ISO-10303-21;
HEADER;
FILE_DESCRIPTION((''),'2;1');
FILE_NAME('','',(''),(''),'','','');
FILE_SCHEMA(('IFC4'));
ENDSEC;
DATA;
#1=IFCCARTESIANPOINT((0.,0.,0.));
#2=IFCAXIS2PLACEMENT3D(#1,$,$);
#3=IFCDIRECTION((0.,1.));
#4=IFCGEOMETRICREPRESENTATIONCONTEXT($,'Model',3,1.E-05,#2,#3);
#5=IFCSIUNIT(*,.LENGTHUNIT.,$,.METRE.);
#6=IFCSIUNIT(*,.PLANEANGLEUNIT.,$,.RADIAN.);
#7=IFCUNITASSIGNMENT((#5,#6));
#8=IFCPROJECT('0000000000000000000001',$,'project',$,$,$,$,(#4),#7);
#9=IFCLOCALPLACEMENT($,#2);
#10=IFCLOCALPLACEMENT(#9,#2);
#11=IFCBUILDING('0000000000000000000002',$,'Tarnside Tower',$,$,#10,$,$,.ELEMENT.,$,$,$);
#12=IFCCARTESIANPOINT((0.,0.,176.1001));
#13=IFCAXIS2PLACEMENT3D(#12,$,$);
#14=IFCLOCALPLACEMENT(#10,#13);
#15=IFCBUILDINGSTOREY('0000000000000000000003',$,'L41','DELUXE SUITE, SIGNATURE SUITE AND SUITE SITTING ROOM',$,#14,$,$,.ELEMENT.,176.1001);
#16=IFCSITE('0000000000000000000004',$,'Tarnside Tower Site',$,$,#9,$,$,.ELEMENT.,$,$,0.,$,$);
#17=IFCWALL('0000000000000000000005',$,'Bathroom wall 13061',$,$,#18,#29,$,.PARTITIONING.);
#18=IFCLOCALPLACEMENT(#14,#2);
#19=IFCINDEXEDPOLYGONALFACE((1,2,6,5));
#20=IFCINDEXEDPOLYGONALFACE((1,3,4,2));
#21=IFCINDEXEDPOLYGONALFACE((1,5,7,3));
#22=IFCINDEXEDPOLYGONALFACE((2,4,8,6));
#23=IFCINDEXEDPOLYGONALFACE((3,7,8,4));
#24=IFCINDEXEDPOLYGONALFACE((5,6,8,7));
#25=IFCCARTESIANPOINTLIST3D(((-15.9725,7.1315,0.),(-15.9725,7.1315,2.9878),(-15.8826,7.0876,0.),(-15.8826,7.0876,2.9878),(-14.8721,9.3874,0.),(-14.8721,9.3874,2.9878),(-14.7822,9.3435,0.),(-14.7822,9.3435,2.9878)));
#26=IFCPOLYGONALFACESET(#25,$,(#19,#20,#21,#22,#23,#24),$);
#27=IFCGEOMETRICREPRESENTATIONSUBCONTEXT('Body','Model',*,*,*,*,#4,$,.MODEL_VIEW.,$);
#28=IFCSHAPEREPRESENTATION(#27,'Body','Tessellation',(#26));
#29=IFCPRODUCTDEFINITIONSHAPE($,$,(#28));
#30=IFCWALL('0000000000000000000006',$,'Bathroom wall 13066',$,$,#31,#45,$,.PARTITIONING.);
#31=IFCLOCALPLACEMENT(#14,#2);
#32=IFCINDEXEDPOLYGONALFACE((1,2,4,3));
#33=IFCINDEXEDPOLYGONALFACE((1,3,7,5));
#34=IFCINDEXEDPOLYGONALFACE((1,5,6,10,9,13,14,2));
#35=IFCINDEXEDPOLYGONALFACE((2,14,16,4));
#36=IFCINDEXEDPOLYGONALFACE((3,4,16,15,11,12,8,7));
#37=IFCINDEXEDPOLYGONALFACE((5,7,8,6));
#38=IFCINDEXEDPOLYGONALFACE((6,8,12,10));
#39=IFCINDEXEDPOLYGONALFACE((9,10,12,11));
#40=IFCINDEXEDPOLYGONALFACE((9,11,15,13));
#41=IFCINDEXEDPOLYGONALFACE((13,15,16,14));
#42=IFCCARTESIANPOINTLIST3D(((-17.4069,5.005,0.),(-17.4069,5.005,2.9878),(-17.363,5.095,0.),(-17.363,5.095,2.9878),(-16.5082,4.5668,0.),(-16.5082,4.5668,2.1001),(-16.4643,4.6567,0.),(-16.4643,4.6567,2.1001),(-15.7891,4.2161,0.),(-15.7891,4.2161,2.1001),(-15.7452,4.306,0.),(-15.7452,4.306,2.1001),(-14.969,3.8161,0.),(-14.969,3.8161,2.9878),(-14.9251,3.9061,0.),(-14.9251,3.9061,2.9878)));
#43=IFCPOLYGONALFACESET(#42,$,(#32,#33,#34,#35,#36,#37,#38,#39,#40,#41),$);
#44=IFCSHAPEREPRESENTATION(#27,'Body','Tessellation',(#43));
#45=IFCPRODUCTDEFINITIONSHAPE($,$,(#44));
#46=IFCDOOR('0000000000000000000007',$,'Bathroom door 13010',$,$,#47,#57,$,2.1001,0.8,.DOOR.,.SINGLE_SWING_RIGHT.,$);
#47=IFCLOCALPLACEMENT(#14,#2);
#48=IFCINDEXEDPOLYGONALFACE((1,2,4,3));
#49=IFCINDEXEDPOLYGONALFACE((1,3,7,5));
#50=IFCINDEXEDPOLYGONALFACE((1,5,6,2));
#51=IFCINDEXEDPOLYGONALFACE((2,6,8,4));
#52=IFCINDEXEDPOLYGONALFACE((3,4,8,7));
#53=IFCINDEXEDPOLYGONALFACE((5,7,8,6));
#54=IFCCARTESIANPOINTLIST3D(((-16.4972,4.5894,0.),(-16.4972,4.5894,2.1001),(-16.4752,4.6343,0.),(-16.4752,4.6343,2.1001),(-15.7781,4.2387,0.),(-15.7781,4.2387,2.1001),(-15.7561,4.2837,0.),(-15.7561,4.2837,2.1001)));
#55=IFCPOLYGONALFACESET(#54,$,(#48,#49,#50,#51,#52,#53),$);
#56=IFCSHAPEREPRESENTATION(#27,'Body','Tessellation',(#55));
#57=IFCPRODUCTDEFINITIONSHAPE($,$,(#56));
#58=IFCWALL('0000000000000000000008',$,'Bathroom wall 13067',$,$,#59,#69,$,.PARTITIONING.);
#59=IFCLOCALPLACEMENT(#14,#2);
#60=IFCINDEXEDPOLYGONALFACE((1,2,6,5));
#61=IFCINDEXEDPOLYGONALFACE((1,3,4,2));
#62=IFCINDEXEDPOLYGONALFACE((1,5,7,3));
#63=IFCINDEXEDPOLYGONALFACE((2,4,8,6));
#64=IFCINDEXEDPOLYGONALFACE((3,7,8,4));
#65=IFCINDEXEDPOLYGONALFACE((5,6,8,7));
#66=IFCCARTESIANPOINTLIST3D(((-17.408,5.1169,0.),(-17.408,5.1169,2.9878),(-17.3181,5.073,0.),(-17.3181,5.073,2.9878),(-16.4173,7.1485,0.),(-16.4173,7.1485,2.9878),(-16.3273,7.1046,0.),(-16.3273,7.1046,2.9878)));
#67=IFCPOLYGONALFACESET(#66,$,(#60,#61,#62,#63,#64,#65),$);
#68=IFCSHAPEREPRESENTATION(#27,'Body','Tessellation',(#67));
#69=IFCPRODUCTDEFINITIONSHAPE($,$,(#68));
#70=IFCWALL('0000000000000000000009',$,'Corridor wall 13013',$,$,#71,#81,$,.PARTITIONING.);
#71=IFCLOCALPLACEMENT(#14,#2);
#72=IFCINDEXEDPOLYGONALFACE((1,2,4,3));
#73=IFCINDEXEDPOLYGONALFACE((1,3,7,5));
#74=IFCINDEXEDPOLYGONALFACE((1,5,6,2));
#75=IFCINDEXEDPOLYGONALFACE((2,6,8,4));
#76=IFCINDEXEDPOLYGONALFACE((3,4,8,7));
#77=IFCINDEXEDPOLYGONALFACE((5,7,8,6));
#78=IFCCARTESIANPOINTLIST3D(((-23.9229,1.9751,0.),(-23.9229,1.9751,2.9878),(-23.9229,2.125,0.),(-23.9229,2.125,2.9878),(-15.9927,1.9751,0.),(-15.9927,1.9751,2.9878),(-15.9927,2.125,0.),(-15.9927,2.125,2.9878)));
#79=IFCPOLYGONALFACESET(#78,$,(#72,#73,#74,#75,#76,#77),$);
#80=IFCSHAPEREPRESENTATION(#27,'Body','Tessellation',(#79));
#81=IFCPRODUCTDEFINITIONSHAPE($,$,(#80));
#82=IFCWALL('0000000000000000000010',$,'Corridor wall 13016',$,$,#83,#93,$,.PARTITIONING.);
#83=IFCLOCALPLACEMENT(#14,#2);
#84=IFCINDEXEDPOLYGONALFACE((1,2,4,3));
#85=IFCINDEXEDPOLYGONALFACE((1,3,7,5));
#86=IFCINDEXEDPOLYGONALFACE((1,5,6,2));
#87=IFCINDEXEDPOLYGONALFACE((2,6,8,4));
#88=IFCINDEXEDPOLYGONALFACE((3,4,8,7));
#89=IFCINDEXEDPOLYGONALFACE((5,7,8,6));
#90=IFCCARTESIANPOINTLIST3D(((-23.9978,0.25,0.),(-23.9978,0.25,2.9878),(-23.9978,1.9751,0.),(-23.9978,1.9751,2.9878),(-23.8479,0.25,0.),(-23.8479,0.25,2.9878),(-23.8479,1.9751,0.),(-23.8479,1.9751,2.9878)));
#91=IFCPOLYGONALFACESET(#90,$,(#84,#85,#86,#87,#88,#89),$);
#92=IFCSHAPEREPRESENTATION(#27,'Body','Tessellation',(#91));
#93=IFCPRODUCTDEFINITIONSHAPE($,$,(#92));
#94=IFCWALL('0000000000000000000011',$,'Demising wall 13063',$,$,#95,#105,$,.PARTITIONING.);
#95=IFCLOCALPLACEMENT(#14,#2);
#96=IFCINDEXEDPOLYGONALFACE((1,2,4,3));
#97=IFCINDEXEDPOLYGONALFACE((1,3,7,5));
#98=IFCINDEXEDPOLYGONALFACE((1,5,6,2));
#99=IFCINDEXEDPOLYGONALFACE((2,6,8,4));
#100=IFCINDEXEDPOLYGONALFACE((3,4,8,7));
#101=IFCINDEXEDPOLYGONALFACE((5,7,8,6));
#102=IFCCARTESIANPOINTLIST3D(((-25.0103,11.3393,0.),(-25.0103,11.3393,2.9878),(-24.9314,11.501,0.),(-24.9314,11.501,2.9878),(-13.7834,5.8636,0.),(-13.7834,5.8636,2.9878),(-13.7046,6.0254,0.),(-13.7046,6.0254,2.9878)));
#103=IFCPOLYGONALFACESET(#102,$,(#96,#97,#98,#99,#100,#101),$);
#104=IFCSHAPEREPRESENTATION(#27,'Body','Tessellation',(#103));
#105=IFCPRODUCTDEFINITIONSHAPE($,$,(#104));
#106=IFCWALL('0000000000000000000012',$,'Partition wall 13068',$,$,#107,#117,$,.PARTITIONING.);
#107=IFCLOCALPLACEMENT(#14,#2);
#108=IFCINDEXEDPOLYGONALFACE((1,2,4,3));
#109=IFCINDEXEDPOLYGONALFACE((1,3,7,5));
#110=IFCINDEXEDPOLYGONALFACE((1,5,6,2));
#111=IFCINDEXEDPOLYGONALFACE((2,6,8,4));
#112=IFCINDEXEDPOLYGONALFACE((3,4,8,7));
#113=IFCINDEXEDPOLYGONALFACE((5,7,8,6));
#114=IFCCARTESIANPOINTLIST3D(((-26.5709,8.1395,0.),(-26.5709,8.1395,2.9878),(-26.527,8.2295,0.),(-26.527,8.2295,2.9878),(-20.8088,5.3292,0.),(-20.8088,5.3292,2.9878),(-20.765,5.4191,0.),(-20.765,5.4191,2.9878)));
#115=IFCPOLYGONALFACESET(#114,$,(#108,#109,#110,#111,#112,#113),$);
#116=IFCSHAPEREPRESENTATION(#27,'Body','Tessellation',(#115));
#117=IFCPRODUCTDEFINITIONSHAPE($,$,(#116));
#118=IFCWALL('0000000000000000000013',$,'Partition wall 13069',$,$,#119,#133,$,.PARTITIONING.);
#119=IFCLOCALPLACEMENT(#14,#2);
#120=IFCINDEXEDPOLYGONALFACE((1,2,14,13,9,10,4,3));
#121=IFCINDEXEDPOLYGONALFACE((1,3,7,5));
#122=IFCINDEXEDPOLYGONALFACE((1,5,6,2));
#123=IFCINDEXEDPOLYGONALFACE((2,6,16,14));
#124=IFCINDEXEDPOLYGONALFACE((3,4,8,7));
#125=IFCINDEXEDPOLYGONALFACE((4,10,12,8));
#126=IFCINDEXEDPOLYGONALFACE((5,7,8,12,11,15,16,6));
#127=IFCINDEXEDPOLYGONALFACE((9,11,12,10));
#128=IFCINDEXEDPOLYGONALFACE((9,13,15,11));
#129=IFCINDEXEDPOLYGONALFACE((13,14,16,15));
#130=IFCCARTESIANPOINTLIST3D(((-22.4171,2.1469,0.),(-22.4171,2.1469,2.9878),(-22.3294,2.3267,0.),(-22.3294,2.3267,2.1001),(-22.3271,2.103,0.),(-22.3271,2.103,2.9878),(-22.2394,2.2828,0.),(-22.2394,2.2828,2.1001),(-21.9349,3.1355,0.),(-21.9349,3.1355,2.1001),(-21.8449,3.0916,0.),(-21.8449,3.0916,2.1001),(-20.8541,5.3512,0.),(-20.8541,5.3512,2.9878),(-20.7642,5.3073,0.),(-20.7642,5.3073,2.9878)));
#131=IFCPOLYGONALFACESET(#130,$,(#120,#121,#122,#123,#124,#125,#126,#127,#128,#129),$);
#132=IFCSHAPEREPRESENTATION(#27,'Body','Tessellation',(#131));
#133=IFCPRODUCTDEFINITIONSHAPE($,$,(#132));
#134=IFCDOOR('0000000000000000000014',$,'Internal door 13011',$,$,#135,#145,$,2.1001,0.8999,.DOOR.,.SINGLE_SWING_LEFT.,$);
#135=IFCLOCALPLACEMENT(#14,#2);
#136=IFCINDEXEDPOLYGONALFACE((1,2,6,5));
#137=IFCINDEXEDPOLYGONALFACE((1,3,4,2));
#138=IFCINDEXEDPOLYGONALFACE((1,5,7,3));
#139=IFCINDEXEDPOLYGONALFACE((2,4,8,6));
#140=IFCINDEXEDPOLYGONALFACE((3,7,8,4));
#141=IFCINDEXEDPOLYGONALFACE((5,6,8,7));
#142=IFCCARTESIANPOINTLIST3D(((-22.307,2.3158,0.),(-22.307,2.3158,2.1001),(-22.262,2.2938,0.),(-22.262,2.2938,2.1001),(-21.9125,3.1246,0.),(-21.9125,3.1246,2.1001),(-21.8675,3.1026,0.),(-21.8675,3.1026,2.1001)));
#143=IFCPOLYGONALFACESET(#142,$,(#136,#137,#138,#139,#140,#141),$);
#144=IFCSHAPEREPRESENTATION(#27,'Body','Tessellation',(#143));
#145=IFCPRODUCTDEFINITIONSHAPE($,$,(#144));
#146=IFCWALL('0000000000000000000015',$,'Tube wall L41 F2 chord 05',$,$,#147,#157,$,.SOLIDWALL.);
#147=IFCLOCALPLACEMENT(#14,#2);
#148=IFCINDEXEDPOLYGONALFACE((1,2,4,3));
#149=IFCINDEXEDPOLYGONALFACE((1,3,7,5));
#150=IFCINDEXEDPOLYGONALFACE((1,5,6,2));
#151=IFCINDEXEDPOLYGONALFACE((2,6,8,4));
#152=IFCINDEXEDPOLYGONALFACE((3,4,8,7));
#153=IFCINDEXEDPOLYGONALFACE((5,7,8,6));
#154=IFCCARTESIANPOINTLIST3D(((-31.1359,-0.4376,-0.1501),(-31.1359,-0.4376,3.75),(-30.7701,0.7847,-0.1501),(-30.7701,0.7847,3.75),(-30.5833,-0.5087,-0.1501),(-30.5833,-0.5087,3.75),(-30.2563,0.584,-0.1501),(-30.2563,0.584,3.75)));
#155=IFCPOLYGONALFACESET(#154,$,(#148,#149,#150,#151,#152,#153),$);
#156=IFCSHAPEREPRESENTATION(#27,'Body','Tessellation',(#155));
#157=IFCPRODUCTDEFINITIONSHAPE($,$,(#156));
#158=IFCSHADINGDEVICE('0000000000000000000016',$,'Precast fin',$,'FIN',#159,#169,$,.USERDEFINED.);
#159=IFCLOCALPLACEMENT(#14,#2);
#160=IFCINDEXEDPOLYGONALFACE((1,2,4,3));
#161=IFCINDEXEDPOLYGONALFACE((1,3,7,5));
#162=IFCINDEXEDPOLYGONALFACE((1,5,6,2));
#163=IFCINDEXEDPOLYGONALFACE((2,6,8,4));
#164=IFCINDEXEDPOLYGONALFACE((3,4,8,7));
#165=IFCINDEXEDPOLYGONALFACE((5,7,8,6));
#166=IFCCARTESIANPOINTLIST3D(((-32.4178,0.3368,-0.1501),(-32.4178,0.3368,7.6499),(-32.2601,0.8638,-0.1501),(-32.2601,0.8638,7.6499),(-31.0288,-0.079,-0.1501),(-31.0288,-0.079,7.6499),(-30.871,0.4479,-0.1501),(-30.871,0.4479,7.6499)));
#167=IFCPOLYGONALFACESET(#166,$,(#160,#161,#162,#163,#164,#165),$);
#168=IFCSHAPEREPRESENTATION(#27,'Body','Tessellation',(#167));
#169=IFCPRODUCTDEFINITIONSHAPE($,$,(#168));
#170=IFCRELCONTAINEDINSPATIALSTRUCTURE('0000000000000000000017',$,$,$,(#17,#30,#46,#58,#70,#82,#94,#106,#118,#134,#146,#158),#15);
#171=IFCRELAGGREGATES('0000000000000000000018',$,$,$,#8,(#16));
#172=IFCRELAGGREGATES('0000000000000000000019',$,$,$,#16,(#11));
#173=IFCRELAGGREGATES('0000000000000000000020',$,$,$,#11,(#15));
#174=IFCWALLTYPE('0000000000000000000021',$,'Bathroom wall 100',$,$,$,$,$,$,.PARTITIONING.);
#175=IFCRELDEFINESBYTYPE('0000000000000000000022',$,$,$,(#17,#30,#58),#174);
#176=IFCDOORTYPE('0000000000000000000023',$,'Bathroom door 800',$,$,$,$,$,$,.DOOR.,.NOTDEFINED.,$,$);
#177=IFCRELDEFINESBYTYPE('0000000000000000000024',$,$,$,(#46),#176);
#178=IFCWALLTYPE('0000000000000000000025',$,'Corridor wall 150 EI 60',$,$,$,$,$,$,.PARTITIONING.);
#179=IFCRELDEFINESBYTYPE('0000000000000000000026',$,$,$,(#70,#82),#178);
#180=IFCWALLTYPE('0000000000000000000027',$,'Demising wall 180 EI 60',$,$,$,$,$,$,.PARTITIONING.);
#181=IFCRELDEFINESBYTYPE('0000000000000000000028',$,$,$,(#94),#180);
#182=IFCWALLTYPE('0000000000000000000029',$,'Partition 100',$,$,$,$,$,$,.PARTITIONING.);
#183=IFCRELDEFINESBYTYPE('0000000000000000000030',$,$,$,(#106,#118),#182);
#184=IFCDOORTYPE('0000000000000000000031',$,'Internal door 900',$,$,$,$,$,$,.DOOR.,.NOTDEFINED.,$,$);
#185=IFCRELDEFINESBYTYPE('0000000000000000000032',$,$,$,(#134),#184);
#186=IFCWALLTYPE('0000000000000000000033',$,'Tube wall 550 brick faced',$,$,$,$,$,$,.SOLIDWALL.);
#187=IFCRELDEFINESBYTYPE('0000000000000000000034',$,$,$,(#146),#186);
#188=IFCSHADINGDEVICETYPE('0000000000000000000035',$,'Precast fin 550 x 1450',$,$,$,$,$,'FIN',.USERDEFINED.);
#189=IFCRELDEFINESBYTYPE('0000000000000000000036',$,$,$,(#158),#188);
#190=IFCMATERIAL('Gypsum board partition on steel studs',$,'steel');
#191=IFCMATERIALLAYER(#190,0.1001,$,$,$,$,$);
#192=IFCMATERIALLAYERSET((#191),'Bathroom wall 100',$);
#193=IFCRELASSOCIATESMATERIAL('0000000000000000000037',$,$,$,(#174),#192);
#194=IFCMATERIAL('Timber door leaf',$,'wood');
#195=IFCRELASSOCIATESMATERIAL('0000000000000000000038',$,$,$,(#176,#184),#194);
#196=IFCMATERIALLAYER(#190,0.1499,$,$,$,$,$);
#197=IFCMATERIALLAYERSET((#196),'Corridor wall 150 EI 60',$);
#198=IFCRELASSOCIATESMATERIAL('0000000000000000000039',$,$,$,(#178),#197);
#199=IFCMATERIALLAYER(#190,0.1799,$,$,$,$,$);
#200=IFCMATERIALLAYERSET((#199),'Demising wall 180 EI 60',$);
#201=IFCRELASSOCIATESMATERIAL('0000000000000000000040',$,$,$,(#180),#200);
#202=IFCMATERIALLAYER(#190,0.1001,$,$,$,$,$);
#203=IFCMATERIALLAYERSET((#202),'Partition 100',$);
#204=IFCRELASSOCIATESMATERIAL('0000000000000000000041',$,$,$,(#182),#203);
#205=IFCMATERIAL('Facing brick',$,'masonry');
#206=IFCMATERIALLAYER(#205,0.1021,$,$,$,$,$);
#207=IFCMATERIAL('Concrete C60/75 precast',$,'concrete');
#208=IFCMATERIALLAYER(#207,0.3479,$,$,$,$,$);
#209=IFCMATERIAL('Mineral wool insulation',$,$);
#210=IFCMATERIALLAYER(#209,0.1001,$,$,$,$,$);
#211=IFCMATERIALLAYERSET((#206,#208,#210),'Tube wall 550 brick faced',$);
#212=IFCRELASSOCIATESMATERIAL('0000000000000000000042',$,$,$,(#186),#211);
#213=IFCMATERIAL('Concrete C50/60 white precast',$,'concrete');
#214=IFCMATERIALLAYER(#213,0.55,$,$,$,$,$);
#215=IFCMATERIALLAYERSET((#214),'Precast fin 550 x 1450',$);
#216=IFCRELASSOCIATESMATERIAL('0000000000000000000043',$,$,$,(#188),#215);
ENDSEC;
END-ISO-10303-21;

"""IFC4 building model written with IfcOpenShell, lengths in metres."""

from ifc_helpers import new_model, si_unit, direction, frame, frame_2d, origin, place, context, subcontext, project, spatial, polyline, rectangle, outline, extrude, material, layer, layer_set, type_object, element, fill, save


model = new_model("IFC4")

# Units and contexts
model_context = context("Model", 3, precision=1e-05, world=origin(), true_north=direction((0.0, 1.0)))
body_context = subcontext(model_context, "Body", "Model", "MODEL_VIEW")
ifc_project = project(units=[si_unit("LENGTHUNIT", "METRE"), si_unit("PLANEANGLEUNIT", "RADIAN")], contexts=[model_context])

# Site, building, storey
site_placement = place(None, origin())
site = spatial("IfcSite", under=ifc_project, at=site_placement, Name="Tarnside Tower Site", CompositionType="ELEMENT", RefElevation=0.0)
building_placement = place(site_placement, origin())
building = spatial("IfcBuilding", under=site, at=building_placement, Name="Tarnside Tower", CompositionType="ELEMENT")
storey_placement = place(building_placement, frame((0.0, 0.0, 176.1001)))
storey = spatial("IfcBuildingStorey", under=building, at=storey_placement, Name="L41", Description="DELUXE SUITE, SIGNATURE SUITE AND SUITE SITTING ROOM", CompositionType="ELEMENT", Elevation=176.1001)

# Wall
ifc_material_1 = material(Name="Gypsum board partition on steel studs", Category="steel")
ifc_layer_1 = layer(ifc_material_1, 0.1001)
ifc_layer_set_1 = layer_set([ifc_layer_1], Name="Bathroom wall 100")
wall_type_1 = type_object("IfcWallType", Name="Bathroom wall 100", PredefinedType="PARTITIONING", material=ifc_layer_set_1)
wall_1_placement = place(storey_placement, frame((-15.9275, 7.1096, 0.0), z_axis=(0.0, 0.0, 1.0), x_axis=(0.438399, 0.898781, 0.0)))
element("IfcWall", 1, at=wall_1_placement, inside=storey, type_object=wall_type_1, Name="Bathroom wall 13061", PredefinedType="PARTITIONING", context=body_context, shape_type="SweptSolid", body=[
    extrude(rectangle(XDim=2.51, YDim=0.1001, at=frame_2d((1.2549, 0.0))), origin(), (0.0, 0.0, 1.0), 2.9878),
])

# Wall, opening, door
wall_2_placement = place(storey_placement, frame((-14.947, 3.8611, 0.0), z_axis=(0.0, 0.0, 1.0), x_axis=(-0.898812, 0.438335, 0.0)))
wall_2 = element("IfcWall", 2, at=wall_2_placement, inside=storey, type_object=wall_type_1, Name="Bathroom wall 13066", PredefinedType="PARTITIONING", context=body_context, shape_type="SweptSolid", body=[
    extrude(rectangle(XDim=2.7124, YDim=0.1001, at=frame_2d((1.3562, 0.0))), origin(), (0.0, 0.0, 1.0), 2.9878),
])
opening_1_placement = place(wall_2_placement, frame((0.9126, 0.0, 0.0)))
opening_1 = element("IfcOpeningElement", 3, at=opening_1_placement, cuts=wall_2, PredefinedType="OPENING", context=body_context, shape_type="SweptSolid", body=[
    extrude(rectangle(XDim=0.8, YDim=2.1001, at=frame_2d((0.3999, 1.05))), frame((0.0, 0.0601, 0.0), z_axis=(0.0, -1.0, 0.0), x_axis=(1.0, 0.0, 0.0)), (0.0, 0.0, 1.0), 0.1201),
])
ifc_material_2 = material(Name="Timber door leaf", Category="wood")
door_type_1 = type_object("IfcDoorType", Name="Bathroom door 800", OperationType="NOTDEFINED", PredefinedType="DOOR", material=ifc_material_2)
door_1_placement = place(opening_1_placement, origin())
door_1 = element("IfcDoor", 4, at=door_1_placement, inside=storey, type_object=door_type_1, Name="Bathroom door 13010", OperationType="SINGLE_SWING_RIGHT", OverallHeight=2.1001, OverallWidth=0.8, PredefinedType="DOOR", context=body_context, shape_type="SweptSolid", body=[
    extrude(rectangle(XDim=0.8, YDim=2.1001, at=frame_2d((0.3999, 1.05))), frame((0.0, 0.0249, 0.0), z_axis=(0.0, -1.0, 0.0), x_axis=(1.0, 0.0, 0.0)), (0.0, 0.0, 1.0), 0.05),
])
fill(opening_1, door_1)

# Walls
wall_3_placement = place(storey_placement, frame((-17.363, 5.095, 0.0), z_axis=(0.0, 0.0, 1.0), x_axis=(0.438334, 0.898812, 0.0)))
element("IfcWall", 5, at=wall_3_placement, inside=storey, type_object=wall_type_1, Name="Bathroom wall 13067", PredefinedType="PARTITIONING", context=body_context, shape_type="SweptSolid", body=[
    extrude(rectangle(XDim=2.2603, YDim=0.1001, at=frame_2d((1.1301, 0.0))), origin(), (0.0, 0.0, 1.0), 2.9878),
])
ifc_layer_2 = layer(ifc_material_1, 0.1499)
ifc_layer_set_2 = layer_set([ifc_layer_2], Name="Corridor wall 150 EI 60")
wall_type_2 = type_object("IfcWallType", Name="Corridor wall 150 EI 60", PredefinedType="PARTITIONING", material=ifc_layer_set_2)
wall_4_placement = place(storey_placement, frame((-15.9927, 2.05, 0.0), z_axis=(0.0, 0.0, 1.0), x_axis=(-1.0, 0.0, 0.0)))
element("IfcWall", 6, at=wall_4_placement, inside=storey, type_object=wall_type_2, Name="Corridor wall 13013", PredefinedType="PARTITIONING", context=body_context, shape_type="SweptSolid", body=[
    extrude(rectangle(XDim=7.9302, YDim=0.1499, at=frame_2d((3.9651, 0.0))), origin(), (0.0, 0.0, 1.0), 2.9878),
])
wall_5_placement = place(storey_placement, frame((-23.9229, 1.9751, 0.0), z_axis=(0.0, 0.0, 1.0), x_axis=(0.0, -1.0, 0.0)))
element("IfcWall", 7, at=wall_5_placement, inside=storey, type_object=wall_type_2, Name="Corridor wall 13016", PredefinedType="PARTITIONING", context=body_context, shape_type="SweptSolid", body=[
    extrude(rectangle(XDim=1.7251, YDim=0.1499, at=frame_2d((0.8625, 0.0))), origin(), (0.0, 0.0, 1.0), 2.9878),
])
ifc_layer_3 = layer(ifc_material_1, 0.1799)
ifc_layer_set_3 = layer_set([ifc_layer_3], Name="Demising wall 180 EI 60")
wall_type_3 = type_object("IfcWallType", Name="Demising wall 180 EI 60", PredefinedType="PARTITIONING", material=ifc_layer_set_3)
wall_6_placement = place(storey_placement, frame((-24.9709, 11.4202, 0.0), z_axis=(0.0, 0.0, 1.0), x_axis=(0.898797, -0.438365, 0.0)))
element("IfcWall", 8, at=wall_6_placement, inside=storey, type_object=wall_type_3, Name="Demising wall 13063", PredefinedType="PARTITIONING", context=body_context, shape_type="SweptSolid", body=[
    extrude(rectangle(XDim=12.491, YDim=0.1799, at=frame_2d((6.2456, 0.0))), origin(), (0.0, 0.0, 1.0), 2.9878),
])
ifc_layer_4 = layer(ifc_material_1, 0.1001)
ifc_layer_set_4 = layer_set([ifc_layer_4], Name="Partition 100")
wall_type_4 = type_object("IfcWallType", Name="Partition 100", PredefinedType="PARTITIONING", material=ifc_layer_set_4)
wall_7_placement = place(storey_placement, frame((-26.5491, 8.1846, 0.0), z_axis=(0.0, 0.0, 1.0), x_axis=(0.898794, -0.438372, 0.0)))
element("IfcWall", 9, at=wall_7_placement, inside=storey, type_object=wall_type_4, Name="Partition wall 13068", PredefinedType="PARTITIONING", context=body_context, shape_type="SweptSolid", body=[
    extrude(rectangle(XDim=6.4109, YDim=0.1001, at=frame_2d((3.2056, 0.0))), origin(), (0.0, 0.0, 1.0), 2.9878),
])

# Wall, opening, door
wall_8_placement = place(storey_placement, frame((-20.8091, 5.3293, 0.0), z_axis=(0.0, 0.0, 1.0), x_axis=(-0.438399, -0.89878, 0.0)))
wall_8 = element("IfcWall", 10, at=wall_8_placement, inside=storey, type_object=wall_type_4, Name="Partition wall 13069", PredefinedType="PARTITIONING", context=body_context, shape_type="SweptSolid", body=[
    extrude(rectangle(XDim=3.5652, YDim=0.1001, at=frame_2d((1.7827, 0.0))), origin(), (0.0, 0.0, 1.0), 2.9878),
])
opening_2_placement = place(wall_8_placement, frame((2.4653, 0.0, 0.0)))
opening_2 = element("IfcOpeningElement", 11, at=opening_2_placement, cuts=wall_8, PredefinedType="OPENING", context=body_context, shape_type="SweptSolid", body=[
    extrude(rectangle(XDim=0.8999, YDim=2.1001, at=frame_2d((0.45, 1.05))), frame((0.0, 0.0601, 0.0), z_axis=(0.0, -1.0, 0.0), x_axis=(1.0, 0.0, 0.0)), (0.0, 0.0, 1.0), 0.1201),
])
door_type_2 = type_object("IfcDoorType", Name="Internal door 900", OperationType="NOTDEFINED", PredefinedType="DOOR", material=ifc_material_2)
door_2_placement = place(opening_2_placement, origin())
door_2 = element("IfcDoor", 12, at=door_2_placement, inside=storey, type_object=door_type_2, Name="Internal door 13011", OperationType="SINGLE_SWING_LEFT", OverallHeight=2.1001, OverallWidth=0.8999, PredefinedType="DOOR", context=body_context, shape_type="SweptSolid", body=[
    extrude(rectangle(XDim=0.8999, YDim=2.1001, at=frame_2d((0.45, 1.05))), frame((0.0, 0.0249, 0.0), z_axis=(0.0, -1.0, 0.0), x_axis=(1.0, 0.0, 0.0)), (0.0, 0.0, 1.0), 0.05),
])
fill(opening_2, door_2)

# Wall
ifc_material_3 = material(Name="Facing brick", Category="masonry")
ifc_layer_5 = layer(ifc_material_3, 0.1021)
ifc_material_4 = material(Name="Concrete C60/75 precast", Category="concrete")
ifc_layer_6 = layer(ifc_material_4, 0.3479)
ifc_material_5 = material(Name="Mineral wool insulation")
ifc_layer_7 = layer(ifc_material_5, 0.1001)
ifc_layer_set_5 = layer_set([ifc_layer_5, ifc_layer_6, ifc_layer_7], Name="Tube wall 550 brick faced")
wall_type_5 = type_object("IfcWallType", Name="Tube wall 550 brick faced", PredefinedType="SOLIDWALL", material=ifc_layer_set_5)
wall_9_placement = place(storey_placement, frame((-30.5132, 0.6843, -0.1501), z_axis=(0.0, 0.0, 1.0), x_axis=(-0.286736, -0.95801, 0.0)))
element("IfcWall", 13, at=wall_9_placement, inside=storey, type_object=wall_type_5, Name="Tube wall L41 F2 chord 05", PredefinedType="SOLIDWALL", context=body_context, shape_type="SweptSolid", body=[
    extrude(outline(polyline([(-0.0225, -0.2749), (1.2534, -0.2749), (1.1631, 0.2749), (0.0225, 0.2749), (-0.0225, -0.2749)])), origin(), (0.0, 0.0, 1.0), 3.9001),
])

# Shading device
ifc_material_6 = material(Name="Concrete C50/60 white precast", Category="concrete")
ifc_layer_8 = layer(ifc_material_6, 0.55)
ifc_layer_set_6 = layer_set([ifc_layer_8], Name="Precast fin 550 x 1450")
shading_device_type_1 = type_object("IfcShadingDeviceType", Name="Precast fin 550 x 1450", ElementType="FIN", PredefinedType="USERDEFINED", material=ifc_layer_set_6)
shading_device_placement = place(storey_placement, frame((-30.95, 0.1843, -0.1501), z_axis=(0.286803, 0.95799, 0.0), x_axis=(-0.95799, 0.286803, 0.0)))
element("IfcShadingDevice", 14, at=shading_device_placement, inside=storey, type_object=shading_device_type_1, Name="Precast fin", ObjectType="FIN", PredefinedType="USERDEFINED", context=body_context, shape_type="SweptSolid", body=[
    extrude(outline(polyline([(0.0, 0.0), (1.45, 0.0), (1.45, 7.8), (0.0, 7.8), (0.0, 0.0)])), frame((0.0, 0.0, -0.2749)), (0.0, 0.0, 1.0), 0.55),
])

save(model, "model.ifc")
